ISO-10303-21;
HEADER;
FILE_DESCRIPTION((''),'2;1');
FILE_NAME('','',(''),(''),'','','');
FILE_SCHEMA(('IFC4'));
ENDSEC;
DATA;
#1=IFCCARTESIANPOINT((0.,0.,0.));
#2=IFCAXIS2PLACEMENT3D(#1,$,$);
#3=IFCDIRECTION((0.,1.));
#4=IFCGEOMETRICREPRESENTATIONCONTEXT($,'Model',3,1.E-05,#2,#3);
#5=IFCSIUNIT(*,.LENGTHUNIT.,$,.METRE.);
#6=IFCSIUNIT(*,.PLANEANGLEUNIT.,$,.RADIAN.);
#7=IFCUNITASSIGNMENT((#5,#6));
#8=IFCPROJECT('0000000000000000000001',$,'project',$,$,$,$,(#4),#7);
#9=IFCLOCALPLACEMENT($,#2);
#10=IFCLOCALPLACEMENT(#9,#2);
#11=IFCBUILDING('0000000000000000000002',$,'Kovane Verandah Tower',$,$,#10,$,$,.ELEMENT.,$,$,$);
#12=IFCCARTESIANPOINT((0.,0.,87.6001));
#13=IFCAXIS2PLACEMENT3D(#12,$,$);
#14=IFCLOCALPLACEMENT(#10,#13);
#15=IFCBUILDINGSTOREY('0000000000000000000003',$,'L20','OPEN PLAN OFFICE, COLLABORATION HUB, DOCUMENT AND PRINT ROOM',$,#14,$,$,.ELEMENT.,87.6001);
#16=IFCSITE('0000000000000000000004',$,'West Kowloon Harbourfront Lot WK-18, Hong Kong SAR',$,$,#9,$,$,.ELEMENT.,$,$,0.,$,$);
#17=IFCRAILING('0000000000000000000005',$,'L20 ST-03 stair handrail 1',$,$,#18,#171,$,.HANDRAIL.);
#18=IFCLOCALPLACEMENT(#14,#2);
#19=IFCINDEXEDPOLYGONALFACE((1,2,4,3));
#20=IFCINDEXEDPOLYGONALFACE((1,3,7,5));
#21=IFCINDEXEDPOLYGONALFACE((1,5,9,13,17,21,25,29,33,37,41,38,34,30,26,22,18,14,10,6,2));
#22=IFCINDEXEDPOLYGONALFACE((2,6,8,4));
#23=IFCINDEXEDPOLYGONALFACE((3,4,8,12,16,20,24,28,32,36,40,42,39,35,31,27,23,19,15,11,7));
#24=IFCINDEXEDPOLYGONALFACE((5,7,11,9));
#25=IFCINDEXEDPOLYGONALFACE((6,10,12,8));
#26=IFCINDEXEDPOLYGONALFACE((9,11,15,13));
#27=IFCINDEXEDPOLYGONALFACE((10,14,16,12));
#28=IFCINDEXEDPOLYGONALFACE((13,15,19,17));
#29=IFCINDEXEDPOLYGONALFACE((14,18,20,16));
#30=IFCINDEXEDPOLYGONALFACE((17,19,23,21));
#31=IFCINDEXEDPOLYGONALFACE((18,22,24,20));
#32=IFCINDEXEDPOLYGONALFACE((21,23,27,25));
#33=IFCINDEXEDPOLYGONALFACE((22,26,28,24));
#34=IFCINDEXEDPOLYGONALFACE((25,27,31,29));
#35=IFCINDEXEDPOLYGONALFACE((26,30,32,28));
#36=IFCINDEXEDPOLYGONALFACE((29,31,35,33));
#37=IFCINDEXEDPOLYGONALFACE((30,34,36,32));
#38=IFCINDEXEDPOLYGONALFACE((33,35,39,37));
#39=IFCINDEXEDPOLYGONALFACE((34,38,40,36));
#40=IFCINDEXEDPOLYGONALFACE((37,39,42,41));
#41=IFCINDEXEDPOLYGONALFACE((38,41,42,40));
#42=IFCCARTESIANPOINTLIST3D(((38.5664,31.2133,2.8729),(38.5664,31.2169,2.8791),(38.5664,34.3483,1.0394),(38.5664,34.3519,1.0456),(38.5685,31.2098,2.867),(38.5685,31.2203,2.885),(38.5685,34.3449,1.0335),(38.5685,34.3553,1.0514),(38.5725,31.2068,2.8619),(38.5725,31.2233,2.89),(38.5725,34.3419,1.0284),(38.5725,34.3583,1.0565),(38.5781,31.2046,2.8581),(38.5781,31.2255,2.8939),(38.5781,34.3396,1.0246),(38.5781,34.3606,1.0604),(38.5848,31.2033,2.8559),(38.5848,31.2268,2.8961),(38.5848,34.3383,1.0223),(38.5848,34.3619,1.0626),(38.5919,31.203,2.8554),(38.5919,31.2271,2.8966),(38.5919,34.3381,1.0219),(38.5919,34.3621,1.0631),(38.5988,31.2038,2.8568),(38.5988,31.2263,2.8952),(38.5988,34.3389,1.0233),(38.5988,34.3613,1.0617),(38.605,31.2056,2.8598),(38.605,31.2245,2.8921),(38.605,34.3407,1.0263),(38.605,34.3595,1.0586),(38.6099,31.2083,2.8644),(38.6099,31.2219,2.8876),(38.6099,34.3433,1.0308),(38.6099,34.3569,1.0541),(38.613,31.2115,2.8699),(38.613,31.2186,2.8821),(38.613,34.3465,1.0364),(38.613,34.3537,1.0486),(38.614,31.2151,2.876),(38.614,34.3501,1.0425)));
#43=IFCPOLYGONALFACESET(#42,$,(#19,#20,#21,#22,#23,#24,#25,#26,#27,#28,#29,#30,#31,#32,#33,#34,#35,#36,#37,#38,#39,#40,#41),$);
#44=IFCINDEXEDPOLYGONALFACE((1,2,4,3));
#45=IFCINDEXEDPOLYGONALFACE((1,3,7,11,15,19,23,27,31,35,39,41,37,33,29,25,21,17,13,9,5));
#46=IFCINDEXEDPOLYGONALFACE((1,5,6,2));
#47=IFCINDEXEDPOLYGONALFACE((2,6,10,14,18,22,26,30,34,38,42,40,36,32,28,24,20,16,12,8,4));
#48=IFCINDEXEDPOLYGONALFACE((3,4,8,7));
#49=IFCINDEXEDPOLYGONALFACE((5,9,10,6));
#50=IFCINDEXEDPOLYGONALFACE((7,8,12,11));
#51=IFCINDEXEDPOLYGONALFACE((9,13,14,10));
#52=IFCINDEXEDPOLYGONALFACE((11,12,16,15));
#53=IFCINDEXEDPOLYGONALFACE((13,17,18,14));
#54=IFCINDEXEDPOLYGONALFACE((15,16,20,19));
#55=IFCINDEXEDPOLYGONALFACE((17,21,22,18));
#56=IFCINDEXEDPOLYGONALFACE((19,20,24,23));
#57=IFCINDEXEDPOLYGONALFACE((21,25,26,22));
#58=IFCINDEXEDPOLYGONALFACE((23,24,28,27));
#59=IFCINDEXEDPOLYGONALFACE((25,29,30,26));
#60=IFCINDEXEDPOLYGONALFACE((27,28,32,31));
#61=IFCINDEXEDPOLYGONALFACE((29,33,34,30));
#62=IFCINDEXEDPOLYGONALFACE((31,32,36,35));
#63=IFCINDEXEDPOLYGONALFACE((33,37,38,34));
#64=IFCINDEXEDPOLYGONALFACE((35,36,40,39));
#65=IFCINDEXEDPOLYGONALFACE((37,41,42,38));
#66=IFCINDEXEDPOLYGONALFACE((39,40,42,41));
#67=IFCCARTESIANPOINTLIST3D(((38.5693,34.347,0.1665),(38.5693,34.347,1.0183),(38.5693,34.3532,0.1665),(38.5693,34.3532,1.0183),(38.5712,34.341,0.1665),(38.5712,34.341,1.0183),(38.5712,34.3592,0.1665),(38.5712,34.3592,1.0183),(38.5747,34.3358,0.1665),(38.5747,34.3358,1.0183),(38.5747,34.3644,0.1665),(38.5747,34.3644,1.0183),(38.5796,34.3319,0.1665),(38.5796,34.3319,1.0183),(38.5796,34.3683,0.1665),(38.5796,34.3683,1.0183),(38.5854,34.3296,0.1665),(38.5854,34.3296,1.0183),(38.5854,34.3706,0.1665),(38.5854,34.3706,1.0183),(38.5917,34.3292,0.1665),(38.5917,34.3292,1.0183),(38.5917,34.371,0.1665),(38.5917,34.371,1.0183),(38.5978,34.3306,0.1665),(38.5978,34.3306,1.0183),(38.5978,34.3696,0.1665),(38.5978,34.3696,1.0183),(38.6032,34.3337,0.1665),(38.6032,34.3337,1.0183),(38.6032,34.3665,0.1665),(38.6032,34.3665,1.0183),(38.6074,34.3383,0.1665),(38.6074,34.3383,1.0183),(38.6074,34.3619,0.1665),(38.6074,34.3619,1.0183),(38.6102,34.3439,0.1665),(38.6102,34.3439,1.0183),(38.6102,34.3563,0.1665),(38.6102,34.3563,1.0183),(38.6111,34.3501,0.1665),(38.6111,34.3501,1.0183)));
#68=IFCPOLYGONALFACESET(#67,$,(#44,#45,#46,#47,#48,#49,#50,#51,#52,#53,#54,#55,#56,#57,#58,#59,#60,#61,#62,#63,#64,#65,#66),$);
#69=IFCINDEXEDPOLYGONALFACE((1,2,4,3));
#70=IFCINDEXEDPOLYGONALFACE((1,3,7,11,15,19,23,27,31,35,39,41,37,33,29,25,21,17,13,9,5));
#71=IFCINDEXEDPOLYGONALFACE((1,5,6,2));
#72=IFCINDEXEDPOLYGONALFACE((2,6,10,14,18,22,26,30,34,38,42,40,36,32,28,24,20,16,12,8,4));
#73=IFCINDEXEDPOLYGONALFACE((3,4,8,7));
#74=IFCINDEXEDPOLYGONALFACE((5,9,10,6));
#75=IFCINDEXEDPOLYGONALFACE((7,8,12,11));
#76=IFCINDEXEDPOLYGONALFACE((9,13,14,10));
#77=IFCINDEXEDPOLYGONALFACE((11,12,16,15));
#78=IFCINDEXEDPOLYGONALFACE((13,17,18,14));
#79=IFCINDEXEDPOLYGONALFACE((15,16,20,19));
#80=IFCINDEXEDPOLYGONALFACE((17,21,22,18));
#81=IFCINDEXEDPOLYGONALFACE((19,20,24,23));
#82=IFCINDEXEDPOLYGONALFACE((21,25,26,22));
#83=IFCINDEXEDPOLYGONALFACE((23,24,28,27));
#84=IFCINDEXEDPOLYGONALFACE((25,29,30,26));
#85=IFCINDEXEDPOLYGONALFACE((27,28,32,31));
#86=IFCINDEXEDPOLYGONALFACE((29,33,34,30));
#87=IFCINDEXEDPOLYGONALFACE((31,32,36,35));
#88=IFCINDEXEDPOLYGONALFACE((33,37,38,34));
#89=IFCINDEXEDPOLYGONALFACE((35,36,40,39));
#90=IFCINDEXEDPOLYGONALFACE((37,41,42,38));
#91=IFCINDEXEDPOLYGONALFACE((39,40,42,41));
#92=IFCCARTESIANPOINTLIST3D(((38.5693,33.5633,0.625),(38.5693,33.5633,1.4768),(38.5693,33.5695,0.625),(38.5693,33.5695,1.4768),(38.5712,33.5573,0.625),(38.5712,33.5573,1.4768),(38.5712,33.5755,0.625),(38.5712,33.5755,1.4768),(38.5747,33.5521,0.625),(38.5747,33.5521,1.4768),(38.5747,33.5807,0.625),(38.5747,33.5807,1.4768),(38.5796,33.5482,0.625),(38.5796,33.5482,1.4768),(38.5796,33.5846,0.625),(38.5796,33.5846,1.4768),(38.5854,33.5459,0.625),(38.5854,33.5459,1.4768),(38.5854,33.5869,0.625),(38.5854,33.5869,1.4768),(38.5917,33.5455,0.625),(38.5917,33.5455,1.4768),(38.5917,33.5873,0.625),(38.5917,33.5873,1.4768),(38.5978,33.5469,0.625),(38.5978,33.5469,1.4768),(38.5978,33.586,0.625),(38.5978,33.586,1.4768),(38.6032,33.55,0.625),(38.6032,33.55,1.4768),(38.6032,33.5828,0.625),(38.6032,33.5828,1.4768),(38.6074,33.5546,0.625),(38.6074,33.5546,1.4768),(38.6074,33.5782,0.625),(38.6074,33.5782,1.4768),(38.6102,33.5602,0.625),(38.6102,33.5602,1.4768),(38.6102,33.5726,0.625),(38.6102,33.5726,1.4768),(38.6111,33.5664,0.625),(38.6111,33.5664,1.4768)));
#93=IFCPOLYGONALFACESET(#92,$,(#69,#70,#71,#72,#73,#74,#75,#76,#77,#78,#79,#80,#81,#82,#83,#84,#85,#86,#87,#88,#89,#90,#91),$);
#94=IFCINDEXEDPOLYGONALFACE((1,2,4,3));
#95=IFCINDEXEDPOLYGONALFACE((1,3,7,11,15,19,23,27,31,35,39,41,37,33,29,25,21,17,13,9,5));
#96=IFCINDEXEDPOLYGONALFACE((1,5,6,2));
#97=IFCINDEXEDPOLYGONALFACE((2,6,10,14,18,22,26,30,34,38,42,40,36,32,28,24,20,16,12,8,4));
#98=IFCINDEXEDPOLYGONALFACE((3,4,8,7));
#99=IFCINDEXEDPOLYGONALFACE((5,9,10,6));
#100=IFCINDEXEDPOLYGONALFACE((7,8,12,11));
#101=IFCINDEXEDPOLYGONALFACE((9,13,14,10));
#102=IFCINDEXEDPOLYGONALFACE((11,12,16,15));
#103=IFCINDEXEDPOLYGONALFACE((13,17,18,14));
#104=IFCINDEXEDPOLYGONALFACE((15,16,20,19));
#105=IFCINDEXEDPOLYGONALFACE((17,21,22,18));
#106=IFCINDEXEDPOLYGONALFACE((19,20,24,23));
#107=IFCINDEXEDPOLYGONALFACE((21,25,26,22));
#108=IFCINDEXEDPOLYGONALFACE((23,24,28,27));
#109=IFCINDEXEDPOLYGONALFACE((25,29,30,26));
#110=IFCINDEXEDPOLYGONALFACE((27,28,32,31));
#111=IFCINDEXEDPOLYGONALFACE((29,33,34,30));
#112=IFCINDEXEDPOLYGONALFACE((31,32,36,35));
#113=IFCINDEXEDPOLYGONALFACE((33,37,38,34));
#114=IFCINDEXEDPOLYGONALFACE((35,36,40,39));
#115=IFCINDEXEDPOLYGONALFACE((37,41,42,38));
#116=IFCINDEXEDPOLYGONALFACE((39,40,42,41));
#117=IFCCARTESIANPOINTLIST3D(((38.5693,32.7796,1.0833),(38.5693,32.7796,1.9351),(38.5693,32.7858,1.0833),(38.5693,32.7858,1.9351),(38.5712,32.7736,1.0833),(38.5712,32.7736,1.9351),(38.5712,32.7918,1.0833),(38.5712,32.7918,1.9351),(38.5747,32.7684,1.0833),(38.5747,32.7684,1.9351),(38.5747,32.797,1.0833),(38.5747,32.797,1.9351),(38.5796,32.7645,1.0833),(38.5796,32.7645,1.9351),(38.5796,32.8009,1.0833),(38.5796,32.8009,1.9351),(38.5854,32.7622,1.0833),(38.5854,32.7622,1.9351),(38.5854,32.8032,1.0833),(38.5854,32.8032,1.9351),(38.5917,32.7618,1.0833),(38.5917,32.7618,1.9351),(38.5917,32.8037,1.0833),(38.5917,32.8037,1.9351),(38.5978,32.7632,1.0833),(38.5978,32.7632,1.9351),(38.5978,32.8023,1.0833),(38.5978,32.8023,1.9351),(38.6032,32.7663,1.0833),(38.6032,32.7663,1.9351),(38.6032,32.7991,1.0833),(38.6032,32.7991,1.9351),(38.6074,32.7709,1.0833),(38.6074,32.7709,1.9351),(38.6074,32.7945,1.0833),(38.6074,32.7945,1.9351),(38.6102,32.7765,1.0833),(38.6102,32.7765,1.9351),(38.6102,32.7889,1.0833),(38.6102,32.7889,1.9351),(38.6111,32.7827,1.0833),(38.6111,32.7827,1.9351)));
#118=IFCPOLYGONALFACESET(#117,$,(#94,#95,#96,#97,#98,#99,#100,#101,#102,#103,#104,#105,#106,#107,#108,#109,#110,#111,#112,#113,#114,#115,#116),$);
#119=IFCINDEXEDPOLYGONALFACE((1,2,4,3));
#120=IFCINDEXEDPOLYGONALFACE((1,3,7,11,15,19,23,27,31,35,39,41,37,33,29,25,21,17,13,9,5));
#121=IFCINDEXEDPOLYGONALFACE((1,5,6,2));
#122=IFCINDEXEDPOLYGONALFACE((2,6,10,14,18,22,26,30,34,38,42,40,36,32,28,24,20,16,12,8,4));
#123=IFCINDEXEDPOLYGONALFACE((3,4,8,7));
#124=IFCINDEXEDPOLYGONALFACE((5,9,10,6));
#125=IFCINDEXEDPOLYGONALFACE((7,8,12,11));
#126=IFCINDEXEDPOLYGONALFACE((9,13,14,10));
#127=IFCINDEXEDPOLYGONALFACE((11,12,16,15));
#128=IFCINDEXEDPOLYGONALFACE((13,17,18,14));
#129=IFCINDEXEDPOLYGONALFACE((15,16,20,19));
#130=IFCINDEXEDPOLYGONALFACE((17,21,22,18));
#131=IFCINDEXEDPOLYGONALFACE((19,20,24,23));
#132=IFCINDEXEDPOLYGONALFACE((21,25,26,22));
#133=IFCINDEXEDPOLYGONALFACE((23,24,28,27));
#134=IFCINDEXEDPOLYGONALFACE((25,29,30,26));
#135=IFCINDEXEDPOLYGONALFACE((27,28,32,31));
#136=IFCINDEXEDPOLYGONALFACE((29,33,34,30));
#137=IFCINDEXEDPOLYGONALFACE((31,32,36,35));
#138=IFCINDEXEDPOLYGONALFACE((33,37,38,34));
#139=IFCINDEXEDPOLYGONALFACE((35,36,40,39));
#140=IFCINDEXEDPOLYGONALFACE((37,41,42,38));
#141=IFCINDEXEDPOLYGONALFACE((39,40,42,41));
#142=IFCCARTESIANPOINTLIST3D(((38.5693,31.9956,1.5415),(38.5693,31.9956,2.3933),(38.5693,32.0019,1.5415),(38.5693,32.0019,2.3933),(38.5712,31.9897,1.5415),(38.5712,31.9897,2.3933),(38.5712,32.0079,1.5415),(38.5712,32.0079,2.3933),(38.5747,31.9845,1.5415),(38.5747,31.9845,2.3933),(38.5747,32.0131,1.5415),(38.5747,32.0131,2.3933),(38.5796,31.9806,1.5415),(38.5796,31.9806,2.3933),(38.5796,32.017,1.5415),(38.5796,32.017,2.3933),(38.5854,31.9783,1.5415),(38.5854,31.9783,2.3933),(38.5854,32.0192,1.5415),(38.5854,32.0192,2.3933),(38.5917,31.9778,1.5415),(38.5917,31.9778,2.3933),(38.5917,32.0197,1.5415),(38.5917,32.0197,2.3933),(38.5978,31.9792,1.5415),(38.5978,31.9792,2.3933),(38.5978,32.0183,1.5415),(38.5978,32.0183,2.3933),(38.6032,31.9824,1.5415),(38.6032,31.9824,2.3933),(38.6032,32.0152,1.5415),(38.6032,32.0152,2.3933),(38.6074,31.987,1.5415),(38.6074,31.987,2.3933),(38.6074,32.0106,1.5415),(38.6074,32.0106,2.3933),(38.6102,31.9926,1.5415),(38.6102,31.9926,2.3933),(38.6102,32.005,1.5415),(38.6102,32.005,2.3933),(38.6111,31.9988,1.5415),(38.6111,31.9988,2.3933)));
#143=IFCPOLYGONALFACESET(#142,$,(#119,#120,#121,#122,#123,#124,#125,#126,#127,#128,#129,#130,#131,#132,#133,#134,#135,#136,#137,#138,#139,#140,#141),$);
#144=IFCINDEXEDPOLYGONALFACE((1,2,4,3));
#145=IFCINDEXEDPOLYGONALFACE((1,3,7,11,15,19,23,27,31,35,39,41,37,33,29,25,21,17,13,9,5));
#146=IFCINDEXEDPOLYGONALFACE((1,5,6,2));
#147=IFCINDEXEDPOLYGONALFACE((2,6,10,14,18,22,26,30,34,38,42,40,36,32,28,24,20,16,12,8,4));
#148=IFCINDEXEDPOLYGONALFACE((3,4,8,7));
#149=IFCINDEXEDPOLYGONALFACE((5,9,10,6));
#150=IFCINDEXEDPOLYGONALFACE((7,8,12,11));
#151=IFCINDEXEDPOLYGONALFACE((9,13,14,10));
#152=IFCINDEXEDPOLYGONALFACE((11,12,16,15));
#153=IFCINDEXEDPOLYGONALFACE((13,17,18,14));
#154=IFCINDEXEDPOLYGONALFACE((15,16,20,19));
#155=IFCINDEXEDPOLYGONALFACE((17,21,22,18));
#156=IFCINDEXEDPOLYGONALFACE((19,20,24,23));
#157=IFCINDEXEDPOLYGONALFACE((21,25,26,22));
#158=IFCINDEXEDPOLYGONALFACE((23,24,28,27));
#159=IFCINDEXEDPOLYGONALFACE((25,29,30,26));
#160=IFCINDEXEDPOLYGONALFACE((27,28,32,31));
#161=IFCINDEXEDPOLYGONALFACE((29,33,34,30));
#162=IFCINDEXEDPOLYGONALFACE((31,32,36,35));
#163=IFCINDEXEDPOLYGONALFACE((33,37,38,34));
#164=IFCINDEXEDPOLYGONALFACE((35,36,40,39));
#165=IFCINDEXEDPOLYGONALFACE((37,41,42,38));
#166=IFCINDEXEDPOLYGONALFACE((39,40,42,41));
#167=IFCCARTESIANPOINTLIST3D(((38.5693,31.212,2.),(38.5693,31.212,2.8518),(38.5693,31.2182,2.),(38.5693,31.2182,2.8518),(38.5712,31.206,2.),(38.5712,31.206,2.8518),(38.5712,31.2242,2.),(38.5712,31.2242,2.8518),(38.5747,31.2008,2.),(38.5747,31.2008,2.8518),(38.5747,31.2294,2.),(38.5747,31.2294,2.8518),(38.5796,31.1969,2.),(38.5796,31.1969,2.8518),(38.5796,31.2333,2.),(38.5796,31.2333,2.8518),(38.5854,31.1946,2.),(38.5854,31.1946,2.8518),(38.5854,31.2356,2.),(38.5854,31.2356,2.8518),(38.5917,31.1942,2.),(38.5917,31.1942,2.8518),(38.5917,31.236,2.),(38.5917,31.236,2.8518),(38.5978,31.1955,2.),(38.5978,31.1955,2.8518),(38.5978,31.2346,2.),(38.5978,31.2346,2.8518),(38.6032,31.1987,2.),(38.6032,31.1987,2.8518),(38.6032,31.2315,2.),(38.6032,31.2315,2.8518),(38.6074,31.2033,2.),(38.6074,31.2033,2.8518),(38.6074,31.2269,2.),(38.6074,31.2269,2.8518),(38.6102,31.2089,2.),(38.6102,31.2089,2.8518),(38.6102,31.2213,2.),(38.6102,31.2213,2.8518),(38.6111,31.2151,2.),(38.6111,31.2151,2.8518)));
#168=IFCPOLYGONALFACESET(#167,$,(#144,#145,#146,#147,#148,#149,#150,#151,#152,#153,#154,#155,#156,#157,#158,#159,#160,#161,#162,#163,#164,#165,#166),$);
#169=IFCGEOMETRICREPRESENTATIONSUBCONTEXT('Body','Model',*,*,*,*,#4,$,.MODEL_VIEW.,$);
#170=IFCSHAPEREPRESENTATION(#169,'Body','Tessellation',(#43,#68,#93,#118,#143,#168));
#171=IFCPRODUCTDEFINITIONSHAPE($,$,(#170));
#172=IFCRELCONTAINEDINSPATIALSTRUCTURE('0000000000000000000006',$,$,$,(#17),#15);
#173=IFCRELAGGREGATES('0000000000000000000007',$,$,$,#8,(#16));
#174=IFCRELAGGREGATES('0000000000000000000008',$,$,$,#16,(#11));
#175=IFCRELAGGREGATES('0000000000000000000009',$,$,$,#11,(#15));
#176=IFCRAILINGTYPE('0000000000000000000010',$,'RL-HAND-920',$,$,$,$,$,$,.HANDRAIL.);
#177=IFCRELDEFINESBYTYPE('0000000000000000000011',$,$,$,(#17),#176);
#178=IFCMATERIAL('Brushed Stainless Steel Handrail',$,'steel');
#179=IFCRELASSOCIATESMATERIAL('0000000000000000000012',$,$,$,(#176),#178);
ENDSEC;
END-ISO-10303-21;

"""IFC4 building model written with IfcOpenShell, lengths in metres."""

from ifc_helpers import new_model, si_unit, direction, frame, origin, origin_2d, place, context, subcontext, project, spatial, circle, extrude, material, type_object, element, save


model = new_model("IFC4")

# Units and contexts
model_context = context("Model", 3, precision=1e-05, world=origin(), true_north=direction((0.0, 1.0)))
body_context = subcontext(model_context, "Body", "Model", "MODEL_VIEW")
ifc_project = project(units=[si_unit("LENGTHUNIT", "METRE"), si_unit("PLANEANGLEUNIT", "RADIAN")], contexts=[model_context])

# Site, building, storey
site_placement = place(None, origin())
site = spatial("IfcSite", under=ifc_project, at=site_placement, Name="West Kowloon Harbourfront Lot WK-18, Hong Kong SAR", CompositionType="ELEMENT", RefElevation=0.0)
building_placement = place(site_placement, origin())
building = spatial("IfcBuilding", under=site, at=building_placement, Name="Kovane Verandah Tower", CompositionType="ELEMENT")
storey_placement = place(building_placement, frame((0.0, 0.0, 87.6001)))
storey = spatial("IfcBuildingStorey", under=building, at=storey_placement, Name="L20", Description="OPEN PLAN OFFICE, COLLABORATION HUB, DOCUMENT AND PRINT ROOM", CompositionType="ELEMENT", Elevation=87.6001)

# Railing
ifc_material_1 = material(Name="Brushed Stainless Steel Handrail", Category="steel")
railing_type_1 = type_object("IfcRailingType", Name="RL-HAND-920", PredefinedType="HANDRAIL", material=ifc_material_1)
railing_1_placement = place(storey_placement, frame((38.5901, 34.3501, 0.1665)))
element("IfcRailing", 1, at=railing_1_placement, inside=storey, type_object=railing_type_1, Name="L20 ST-03 stair handrail 1", PredefinedType="HANDRAIL", context=body_context, shape_type="SweptSolid", body=[
    extrude(circle(Radius=0.0239, at=origin_2d()), frame((0.0, 0.0, 0.876), z_axis=(0.0, -0.86321, 0.504845), x_axis=(1.0, 0.0, 0.0)), (0.0, 0.0, 1.0), 3.6318),
    extrude(circle(Radius=0.021, at=origin_2d()), origin(), (0.0, 0.0, 1.0), 0.8518),
    extrude(circle(Radius=0.021, at=origin_2d()), frame((0.0, -0.7837, 0.4585)), (0.0, 0.0, 1.0), 0.8518),
    extrude(circle(Radius=0.021, at=origin_2d()), frame((0.0, -1.5674, 0.9167)), (0.0, 0.0, 1.0), 0.8518),
    extrude(circle(Radius=0.021, at=origin_2d()), frame((0.0, -2.3513, 1.375)), (0.0, 0.0, 1.0), 0.8518),
    extrude(circle(Radius=0.021, at=origin_2d()), frame((0.0, -3.135, 1.8335)), (0.0, 0.0, 1.0), 0.8518),
])

save(model, "model.ifc")
